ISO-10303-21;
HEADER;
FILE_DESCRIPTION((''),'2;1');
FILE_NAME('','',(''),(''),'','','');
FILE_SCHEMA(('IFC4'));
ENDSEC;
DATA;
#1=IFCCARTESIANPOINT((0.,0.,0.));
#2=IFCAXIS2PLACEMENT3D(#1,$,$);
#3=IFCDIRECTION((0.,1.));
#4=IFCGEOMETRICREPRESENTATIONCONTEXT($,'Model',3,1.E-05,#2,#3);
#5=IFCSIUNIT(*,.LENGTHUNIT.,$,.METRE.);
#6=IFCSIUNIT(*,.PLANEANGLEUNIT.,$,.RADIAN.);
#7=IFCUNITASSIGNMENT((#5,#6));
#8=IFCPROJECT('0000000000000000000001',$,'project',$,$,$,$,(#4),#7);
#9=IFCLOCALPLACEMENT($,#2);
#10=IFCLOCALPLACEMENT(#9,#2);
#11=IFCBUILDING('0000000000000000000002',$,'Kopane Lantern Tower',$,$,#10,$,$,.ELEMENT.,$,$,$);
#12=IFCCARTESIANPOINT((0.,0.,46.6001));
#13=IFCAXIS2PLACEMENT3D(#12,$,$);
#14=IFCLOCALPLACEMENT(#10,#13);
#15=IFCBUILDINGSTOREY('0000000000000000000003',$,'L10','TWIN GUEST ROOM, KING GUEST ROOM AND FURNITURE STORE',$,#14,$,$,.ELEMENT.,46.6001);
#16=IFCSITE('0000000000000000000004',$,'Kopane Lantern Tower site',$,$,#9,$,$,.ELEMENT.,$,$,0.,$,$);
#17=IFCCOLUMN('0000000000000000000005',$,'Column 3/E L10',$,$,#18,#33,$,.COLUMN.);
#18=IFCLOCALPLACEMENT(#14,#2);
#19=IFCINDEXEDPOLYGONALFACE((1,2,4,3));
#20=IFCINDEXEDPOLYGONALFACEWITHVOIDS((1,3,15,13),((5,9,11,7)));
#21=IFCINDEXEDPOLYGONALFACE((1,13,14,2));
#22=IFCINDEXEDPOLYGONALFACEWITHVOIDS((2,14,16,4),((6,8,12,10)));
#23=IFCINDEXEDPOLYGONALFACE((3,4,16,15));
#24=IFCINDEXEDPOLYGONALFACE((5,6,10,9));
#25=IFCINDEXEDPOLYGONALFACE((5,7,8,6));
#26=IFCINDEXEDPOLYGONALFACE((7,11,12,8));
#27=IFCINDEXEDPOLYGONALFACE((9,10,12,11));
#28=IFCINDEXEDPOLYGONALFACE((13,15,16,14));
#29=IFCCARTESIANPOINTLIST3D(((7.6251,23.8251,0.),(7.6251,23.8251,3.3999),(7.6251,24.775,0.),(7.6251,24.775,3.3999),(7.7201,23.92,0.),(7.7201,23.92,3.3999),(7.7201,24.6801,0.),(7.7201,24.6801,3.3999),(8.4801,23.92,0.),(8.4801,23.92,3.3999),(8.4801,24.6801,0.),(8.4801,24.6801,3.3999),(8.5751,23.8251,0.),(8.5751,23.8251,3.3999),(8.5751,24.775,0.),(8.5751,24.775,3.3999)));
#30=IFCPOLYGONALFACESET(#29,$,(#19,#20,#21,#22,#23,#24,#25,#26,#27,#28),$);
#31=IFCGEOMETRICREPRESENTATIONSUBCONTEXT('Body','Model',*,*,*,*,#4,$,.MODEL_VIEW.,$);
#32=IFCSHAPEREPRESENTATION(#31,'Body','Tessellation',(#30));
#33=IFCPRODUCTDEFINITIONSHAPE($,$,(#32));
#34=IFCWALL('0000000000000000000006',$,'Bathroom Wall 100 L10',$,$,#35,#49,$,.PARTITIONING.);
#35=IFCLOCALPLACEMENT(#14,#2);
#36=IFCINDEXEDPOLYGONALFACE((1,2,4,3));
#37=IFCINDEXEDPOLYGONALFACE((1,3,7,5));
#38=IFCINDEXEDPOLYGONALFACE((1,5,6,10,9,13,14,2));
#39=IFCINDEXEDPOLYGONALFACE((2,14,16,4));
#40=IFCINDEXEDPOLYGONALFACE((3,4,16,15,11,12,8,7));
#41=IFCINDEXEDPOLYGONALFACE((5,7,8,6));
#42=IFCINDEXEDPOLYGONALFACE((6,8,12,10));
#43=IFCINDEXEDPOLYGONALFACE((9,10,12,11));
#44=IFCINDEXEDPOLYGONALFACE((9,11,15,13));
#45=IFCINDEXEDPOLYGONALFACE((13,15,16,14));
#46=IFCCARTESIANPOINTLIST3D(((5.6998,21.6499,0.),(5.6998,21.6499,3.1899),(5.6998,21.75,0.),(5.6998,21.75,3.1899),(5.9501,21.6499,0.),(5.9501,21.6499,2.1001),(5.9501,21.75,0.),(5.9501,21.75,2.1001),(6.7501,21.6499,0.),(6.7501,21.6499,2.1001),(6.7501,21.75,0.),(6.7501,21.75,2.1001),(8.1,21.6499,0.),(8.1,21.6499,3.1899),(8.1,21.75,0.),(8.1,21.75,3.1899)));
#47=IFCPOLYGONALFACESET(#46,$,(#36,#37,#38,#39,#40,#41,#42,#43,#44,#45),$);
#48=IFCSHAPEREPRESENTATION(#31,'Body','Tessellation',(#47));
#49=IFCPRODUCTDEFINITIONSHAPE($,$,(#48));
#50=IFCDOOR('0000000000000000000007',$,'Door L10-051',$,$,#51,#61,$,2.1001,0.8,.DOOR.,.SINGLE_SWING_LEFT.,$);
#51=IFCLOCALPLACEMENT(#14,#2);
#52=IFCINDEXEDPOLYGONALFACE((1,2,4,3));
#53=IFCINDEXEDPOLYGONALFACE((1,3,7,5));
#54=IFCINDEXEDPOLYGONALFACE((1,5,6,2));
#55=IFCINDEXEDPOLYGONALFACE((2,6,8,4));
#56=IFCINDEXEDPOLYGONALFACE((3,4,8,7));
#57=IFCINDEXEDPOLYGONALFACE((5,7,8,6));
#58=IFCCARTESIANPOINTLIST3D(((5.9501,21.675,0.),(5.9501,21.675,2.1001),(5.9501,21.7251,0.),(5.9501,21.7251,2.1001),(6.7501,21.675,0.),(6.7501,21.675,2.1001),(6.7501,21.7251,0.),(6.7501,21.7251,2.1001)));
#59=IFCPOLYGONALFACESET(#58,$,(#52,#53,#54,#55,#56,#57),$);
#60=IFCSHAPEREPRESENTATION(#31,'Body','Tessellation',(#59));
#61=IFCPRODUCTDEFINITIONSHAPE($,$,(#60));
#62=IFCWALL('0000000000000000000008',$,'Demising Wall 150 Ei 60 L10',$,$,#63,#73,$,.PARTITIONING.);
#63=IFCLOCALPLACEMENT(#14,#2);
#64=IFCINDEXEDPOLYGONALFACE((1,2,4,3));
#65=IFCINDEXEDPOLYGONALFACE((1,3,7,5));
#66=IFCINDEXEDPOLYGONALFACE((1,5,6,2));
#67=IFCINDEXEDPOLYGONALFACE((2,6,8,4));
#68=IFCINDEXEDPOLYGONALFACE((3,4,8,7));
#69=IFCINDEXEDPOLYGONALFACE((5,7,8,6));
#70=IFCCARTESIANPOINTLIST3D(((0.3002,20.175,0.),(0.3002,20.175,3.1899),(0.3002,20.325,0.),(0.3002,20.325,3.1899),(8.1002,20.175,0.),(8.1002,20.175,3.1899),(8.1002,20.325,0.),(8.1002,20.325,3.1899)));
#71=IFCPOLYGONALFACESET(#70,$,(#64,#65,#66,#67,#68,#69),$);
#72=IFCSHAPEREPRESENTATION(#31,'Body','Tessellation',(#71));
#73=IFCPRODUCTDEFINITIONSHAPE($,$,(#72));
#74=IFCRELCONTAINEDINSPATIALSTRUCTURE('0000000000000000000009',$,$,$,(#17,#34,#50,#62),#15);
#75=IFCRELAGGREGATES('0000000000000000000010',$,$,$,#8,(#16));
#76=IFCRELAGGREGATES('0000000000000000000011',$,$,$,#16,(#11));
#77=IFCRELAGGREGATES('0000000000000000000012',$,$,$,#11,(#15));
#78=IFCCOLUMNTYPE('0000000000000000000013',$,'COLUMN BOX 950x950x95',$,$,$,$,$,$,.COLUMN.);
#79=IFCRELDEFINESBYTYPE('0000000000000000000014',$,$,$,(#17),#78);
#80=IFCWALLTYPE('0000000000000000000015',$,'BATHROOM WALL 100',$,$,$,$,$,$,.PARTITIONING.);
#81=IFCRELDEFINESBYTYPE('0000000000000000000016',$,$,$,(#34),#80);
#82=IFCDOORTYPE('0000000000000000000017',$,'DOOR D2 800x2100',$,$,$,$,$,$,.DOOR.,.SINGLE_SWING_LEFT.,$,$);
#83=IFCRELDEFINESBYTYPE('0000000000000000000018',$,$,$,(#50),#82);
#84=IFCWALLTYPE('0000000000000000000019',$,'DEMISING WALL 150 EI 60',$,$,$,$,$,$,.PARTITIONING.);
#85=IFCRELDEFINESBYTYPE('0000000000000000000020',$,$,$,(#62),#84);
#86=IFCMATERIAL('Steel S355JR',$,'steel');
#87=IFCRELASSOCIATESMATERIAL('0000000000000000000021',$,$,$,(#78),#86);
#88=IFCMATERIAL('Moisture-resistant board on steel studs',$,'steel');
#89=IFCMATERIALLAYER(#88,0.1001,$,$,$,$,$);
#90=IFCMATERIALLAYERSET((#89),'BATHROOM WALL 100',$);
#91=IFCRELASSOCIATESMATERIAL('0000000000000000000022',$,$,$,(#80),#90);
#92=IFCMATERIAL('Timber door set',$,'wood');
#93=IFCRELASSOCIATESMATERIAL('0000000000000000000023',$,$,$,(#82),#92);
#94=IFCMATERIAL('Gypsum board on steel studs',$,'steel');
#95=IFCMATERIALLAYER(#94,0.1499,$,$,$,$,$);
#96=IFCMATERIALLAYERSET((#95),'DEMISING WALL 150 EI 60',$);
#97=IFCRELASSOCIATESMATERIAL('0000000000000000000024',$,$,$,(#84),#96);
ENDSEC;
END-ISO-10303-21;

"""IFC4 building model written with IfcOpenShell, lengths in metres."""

from ifc_helpers import new_model, si_unit, direction, frame, frame_2d, origin, origin_2d, place, context, subcontext, project, spatial, rectangle, hollow_rectangle, extrude, material, layer, layer_set, material_profile, profile_set, type_object, element, fill, save


model = new_model("IFC4")

# Units and contexts
model_context = context("Model", 3, precision=1e-05, world=origin(), true_north=direction((0.0, 1.0)))
body_context = subcontext(model_context, "Body", "Model", "MODEL_VIEW")
ifc_project = project(units=[si_unit("LENGTHUNIT", "METRE"), si_unit("PLANEANGLEUNIT", "RADIAN")], contexts=[model_context])

# Site, building, storey
site_placement = place(None, origin())
site = spatial("IfcSite", under=ifc_project, at=site_placement, Name="Kopane Lantern Tower site", CompositionType="ELEMENT", RefElevation=0.0)
building_placement = place(site_placement, origin())
building = spatial("IfcBuilding", under=site, at=building_placement, Name="Kopane Lantern Tower", CompositionType="ELEMENT")
storey_placement = place(building_placement, frame((0.0, 0.0, 46.6001)))
storey = spatial("IfcBuildingStorey", under=building, at=storey_placement, Name="L10", Description="TWIN GUEST ROOM, KING GUEST ROOM AND FURNITURE STORE", CompositionType="ELEMENT", Elevation=46.6001)

# Column
ifc_material_1 = material(Name="Steel S355JR", Category="steel")
ifc_material_profile = material_profile(ifc_material_1, hollow_rectangle(XDim=0.95, YDim=0.95, WallThickness=0.095, at=origin_2d()), Name="BOX 950x950x95")
ifc_profile_set = profile_set([ifc_material_profile], Name="Steel S355JR")
column_type = type_object("IfcColumnType", Name="COLUMN BOX 950x950x95", PredefinedType="COLUMN", material=ifc_profile_set)
column_placement = place(storey_placement, frame((8.1001, 24.3, 0.0), z_axis=(0.0, 0.0, 1.0), x_axis=(1.0, 0.0, 0.0)))
element("IfcColumn", 1, at=column_placement, inside=storey, type_object=column_type, Name="Column 3/E L10", PredefinedType="COLUMN", context=body_context, shape_type="SweptSolid", body=[
    extrude(hollow_rectangle(XDim=0.95, YDim=0.95, WallThickness=0.095, at=origin_2d()), origin(), (0.0, 0.0, 1.0), 3.3999),
])

# Wall, opening, door
ifc_material_2 = material(Name="Moisture-resistant board on steel studs", Category="steel")
ifc_layer_1 = layer(ifc_material_2, 0.1001)
ifc_layer_set_1 = layer_set([ifc_layer_1], Name="BATHROOM WALL 100")
wall_type_1 = type_object("IfcWallType", Name="BATHROOM WALL 100", PredefinedType="PARTITIONING", material=ifc_layer_set_1)
wall_1_placement = place(storey_placement, frame((8.1001, 21.7, 0.0), z_axis=(0.0, 0.0, 1.0), x_axis=(-1.0, 0.0, 0.0)))
wall_1 = element("IfcWall", 2, at=wall_1_placement, inside=storey, type_object=wall_type_1, Name="Bathroom Wall 100 L10", PredefinedType="PARTITIONING", context=body_context, shape_type="SweptSolid", body=[
    extrude(rectangle(XDim=2.4001, YDim=0.1001, at=frame_2d((1.2002, 0.0))), origin(), (0.0, 0.0, 1.0), 3.1899),
])
opening_placement = place(wall_1_placement, frame((1.3501, 0.0, 0.0)))
opening = element("IfcOpeningElement", 3, at=opening_placement, cuts=wall_1, PredefinedType="OPENING", context=body_context, shape_type="SweptSolid", body=[
    extrude(rectangle(XDim=0.8, YDim=2.1001, at=frame_2d((0.3999, 1.05))), frame((0.0, 0.0601, 0.0), z_axis=(0.0, -1.0, 0.0), x_axis=(1.0, 0.0, 0.0)), (0.0, 0.0, 1.0), 0.1201),
])
ifc_material_3 = material(Name="Timber door set", Category="wood")
door_type = type_object("IfcDoorType", Name="DOOR D2 800x2100", OperationType="SINGLE_SWING_LEFT", PredefinedType="DOOR", material=ifc_material_3)
door_placement = place(opening_placement, origin())
door = element("IfcDoor", 4, at=door_placement, inside=storey, type_object=door_type, Name="Door L10-051", OperationType="SINGLE_SWING_LEFT", OverallHeight=2.1001, OverallWidth=0.8, PredefinedType="DOOR", context=body_context, shape_type="SweptSolid", body=[
    extrude(rectangle(XDim=0.8, YDim=2.1001, at=frame_2d((0.3999, 1.05))), frame((0.0, 0.0249, 0.0), z_axis=(0.0, -1.0, 0.0), x_axis=(1.0, 0.0, 0.0)), (0.0, 0.0, 1.0), 0.05),
])
fill(opening, door)

# Wall
ifc_material_4 = material(Name="Gypsum board on steel studs", Category="steel")
ifc_layer_2 = layer(ifc_material_4, 0.1499)
ifc_layer_set_2 = layer_set([ifc_layer_2], Name="DEMISING WALL 150 EI 60")
wall_type_2 = type_object("IfcWallType", Name="DEMISING WALL 150 EI 60", PredefinedType="PARTITIONING", material=ifc_layer_set_2)
wall_2_placement = place(storey_placement, frame((8.1001, 20.25, 0.0), z_axis=(0.0, 0.0, 1.0), x_axis=(-1.0, 0.0, 0.0)))
element("IfcWall", 5, at=wall_2_placement, inside=storey, type_object=wall_type_2, Name="Demising Wall 150 Ei 60 L10", PredefinedType="PARTITIONING", context=body_context, shape_type="SweptSolid", body=[
    extrude(rectangle(XDim=7.8, YDim=0.1499, at=frame_2d((3.8999, 0.0))), origin(), (0.0, 0.0, 1.0), 3.1899),
])

save(model, "model.ifc")
